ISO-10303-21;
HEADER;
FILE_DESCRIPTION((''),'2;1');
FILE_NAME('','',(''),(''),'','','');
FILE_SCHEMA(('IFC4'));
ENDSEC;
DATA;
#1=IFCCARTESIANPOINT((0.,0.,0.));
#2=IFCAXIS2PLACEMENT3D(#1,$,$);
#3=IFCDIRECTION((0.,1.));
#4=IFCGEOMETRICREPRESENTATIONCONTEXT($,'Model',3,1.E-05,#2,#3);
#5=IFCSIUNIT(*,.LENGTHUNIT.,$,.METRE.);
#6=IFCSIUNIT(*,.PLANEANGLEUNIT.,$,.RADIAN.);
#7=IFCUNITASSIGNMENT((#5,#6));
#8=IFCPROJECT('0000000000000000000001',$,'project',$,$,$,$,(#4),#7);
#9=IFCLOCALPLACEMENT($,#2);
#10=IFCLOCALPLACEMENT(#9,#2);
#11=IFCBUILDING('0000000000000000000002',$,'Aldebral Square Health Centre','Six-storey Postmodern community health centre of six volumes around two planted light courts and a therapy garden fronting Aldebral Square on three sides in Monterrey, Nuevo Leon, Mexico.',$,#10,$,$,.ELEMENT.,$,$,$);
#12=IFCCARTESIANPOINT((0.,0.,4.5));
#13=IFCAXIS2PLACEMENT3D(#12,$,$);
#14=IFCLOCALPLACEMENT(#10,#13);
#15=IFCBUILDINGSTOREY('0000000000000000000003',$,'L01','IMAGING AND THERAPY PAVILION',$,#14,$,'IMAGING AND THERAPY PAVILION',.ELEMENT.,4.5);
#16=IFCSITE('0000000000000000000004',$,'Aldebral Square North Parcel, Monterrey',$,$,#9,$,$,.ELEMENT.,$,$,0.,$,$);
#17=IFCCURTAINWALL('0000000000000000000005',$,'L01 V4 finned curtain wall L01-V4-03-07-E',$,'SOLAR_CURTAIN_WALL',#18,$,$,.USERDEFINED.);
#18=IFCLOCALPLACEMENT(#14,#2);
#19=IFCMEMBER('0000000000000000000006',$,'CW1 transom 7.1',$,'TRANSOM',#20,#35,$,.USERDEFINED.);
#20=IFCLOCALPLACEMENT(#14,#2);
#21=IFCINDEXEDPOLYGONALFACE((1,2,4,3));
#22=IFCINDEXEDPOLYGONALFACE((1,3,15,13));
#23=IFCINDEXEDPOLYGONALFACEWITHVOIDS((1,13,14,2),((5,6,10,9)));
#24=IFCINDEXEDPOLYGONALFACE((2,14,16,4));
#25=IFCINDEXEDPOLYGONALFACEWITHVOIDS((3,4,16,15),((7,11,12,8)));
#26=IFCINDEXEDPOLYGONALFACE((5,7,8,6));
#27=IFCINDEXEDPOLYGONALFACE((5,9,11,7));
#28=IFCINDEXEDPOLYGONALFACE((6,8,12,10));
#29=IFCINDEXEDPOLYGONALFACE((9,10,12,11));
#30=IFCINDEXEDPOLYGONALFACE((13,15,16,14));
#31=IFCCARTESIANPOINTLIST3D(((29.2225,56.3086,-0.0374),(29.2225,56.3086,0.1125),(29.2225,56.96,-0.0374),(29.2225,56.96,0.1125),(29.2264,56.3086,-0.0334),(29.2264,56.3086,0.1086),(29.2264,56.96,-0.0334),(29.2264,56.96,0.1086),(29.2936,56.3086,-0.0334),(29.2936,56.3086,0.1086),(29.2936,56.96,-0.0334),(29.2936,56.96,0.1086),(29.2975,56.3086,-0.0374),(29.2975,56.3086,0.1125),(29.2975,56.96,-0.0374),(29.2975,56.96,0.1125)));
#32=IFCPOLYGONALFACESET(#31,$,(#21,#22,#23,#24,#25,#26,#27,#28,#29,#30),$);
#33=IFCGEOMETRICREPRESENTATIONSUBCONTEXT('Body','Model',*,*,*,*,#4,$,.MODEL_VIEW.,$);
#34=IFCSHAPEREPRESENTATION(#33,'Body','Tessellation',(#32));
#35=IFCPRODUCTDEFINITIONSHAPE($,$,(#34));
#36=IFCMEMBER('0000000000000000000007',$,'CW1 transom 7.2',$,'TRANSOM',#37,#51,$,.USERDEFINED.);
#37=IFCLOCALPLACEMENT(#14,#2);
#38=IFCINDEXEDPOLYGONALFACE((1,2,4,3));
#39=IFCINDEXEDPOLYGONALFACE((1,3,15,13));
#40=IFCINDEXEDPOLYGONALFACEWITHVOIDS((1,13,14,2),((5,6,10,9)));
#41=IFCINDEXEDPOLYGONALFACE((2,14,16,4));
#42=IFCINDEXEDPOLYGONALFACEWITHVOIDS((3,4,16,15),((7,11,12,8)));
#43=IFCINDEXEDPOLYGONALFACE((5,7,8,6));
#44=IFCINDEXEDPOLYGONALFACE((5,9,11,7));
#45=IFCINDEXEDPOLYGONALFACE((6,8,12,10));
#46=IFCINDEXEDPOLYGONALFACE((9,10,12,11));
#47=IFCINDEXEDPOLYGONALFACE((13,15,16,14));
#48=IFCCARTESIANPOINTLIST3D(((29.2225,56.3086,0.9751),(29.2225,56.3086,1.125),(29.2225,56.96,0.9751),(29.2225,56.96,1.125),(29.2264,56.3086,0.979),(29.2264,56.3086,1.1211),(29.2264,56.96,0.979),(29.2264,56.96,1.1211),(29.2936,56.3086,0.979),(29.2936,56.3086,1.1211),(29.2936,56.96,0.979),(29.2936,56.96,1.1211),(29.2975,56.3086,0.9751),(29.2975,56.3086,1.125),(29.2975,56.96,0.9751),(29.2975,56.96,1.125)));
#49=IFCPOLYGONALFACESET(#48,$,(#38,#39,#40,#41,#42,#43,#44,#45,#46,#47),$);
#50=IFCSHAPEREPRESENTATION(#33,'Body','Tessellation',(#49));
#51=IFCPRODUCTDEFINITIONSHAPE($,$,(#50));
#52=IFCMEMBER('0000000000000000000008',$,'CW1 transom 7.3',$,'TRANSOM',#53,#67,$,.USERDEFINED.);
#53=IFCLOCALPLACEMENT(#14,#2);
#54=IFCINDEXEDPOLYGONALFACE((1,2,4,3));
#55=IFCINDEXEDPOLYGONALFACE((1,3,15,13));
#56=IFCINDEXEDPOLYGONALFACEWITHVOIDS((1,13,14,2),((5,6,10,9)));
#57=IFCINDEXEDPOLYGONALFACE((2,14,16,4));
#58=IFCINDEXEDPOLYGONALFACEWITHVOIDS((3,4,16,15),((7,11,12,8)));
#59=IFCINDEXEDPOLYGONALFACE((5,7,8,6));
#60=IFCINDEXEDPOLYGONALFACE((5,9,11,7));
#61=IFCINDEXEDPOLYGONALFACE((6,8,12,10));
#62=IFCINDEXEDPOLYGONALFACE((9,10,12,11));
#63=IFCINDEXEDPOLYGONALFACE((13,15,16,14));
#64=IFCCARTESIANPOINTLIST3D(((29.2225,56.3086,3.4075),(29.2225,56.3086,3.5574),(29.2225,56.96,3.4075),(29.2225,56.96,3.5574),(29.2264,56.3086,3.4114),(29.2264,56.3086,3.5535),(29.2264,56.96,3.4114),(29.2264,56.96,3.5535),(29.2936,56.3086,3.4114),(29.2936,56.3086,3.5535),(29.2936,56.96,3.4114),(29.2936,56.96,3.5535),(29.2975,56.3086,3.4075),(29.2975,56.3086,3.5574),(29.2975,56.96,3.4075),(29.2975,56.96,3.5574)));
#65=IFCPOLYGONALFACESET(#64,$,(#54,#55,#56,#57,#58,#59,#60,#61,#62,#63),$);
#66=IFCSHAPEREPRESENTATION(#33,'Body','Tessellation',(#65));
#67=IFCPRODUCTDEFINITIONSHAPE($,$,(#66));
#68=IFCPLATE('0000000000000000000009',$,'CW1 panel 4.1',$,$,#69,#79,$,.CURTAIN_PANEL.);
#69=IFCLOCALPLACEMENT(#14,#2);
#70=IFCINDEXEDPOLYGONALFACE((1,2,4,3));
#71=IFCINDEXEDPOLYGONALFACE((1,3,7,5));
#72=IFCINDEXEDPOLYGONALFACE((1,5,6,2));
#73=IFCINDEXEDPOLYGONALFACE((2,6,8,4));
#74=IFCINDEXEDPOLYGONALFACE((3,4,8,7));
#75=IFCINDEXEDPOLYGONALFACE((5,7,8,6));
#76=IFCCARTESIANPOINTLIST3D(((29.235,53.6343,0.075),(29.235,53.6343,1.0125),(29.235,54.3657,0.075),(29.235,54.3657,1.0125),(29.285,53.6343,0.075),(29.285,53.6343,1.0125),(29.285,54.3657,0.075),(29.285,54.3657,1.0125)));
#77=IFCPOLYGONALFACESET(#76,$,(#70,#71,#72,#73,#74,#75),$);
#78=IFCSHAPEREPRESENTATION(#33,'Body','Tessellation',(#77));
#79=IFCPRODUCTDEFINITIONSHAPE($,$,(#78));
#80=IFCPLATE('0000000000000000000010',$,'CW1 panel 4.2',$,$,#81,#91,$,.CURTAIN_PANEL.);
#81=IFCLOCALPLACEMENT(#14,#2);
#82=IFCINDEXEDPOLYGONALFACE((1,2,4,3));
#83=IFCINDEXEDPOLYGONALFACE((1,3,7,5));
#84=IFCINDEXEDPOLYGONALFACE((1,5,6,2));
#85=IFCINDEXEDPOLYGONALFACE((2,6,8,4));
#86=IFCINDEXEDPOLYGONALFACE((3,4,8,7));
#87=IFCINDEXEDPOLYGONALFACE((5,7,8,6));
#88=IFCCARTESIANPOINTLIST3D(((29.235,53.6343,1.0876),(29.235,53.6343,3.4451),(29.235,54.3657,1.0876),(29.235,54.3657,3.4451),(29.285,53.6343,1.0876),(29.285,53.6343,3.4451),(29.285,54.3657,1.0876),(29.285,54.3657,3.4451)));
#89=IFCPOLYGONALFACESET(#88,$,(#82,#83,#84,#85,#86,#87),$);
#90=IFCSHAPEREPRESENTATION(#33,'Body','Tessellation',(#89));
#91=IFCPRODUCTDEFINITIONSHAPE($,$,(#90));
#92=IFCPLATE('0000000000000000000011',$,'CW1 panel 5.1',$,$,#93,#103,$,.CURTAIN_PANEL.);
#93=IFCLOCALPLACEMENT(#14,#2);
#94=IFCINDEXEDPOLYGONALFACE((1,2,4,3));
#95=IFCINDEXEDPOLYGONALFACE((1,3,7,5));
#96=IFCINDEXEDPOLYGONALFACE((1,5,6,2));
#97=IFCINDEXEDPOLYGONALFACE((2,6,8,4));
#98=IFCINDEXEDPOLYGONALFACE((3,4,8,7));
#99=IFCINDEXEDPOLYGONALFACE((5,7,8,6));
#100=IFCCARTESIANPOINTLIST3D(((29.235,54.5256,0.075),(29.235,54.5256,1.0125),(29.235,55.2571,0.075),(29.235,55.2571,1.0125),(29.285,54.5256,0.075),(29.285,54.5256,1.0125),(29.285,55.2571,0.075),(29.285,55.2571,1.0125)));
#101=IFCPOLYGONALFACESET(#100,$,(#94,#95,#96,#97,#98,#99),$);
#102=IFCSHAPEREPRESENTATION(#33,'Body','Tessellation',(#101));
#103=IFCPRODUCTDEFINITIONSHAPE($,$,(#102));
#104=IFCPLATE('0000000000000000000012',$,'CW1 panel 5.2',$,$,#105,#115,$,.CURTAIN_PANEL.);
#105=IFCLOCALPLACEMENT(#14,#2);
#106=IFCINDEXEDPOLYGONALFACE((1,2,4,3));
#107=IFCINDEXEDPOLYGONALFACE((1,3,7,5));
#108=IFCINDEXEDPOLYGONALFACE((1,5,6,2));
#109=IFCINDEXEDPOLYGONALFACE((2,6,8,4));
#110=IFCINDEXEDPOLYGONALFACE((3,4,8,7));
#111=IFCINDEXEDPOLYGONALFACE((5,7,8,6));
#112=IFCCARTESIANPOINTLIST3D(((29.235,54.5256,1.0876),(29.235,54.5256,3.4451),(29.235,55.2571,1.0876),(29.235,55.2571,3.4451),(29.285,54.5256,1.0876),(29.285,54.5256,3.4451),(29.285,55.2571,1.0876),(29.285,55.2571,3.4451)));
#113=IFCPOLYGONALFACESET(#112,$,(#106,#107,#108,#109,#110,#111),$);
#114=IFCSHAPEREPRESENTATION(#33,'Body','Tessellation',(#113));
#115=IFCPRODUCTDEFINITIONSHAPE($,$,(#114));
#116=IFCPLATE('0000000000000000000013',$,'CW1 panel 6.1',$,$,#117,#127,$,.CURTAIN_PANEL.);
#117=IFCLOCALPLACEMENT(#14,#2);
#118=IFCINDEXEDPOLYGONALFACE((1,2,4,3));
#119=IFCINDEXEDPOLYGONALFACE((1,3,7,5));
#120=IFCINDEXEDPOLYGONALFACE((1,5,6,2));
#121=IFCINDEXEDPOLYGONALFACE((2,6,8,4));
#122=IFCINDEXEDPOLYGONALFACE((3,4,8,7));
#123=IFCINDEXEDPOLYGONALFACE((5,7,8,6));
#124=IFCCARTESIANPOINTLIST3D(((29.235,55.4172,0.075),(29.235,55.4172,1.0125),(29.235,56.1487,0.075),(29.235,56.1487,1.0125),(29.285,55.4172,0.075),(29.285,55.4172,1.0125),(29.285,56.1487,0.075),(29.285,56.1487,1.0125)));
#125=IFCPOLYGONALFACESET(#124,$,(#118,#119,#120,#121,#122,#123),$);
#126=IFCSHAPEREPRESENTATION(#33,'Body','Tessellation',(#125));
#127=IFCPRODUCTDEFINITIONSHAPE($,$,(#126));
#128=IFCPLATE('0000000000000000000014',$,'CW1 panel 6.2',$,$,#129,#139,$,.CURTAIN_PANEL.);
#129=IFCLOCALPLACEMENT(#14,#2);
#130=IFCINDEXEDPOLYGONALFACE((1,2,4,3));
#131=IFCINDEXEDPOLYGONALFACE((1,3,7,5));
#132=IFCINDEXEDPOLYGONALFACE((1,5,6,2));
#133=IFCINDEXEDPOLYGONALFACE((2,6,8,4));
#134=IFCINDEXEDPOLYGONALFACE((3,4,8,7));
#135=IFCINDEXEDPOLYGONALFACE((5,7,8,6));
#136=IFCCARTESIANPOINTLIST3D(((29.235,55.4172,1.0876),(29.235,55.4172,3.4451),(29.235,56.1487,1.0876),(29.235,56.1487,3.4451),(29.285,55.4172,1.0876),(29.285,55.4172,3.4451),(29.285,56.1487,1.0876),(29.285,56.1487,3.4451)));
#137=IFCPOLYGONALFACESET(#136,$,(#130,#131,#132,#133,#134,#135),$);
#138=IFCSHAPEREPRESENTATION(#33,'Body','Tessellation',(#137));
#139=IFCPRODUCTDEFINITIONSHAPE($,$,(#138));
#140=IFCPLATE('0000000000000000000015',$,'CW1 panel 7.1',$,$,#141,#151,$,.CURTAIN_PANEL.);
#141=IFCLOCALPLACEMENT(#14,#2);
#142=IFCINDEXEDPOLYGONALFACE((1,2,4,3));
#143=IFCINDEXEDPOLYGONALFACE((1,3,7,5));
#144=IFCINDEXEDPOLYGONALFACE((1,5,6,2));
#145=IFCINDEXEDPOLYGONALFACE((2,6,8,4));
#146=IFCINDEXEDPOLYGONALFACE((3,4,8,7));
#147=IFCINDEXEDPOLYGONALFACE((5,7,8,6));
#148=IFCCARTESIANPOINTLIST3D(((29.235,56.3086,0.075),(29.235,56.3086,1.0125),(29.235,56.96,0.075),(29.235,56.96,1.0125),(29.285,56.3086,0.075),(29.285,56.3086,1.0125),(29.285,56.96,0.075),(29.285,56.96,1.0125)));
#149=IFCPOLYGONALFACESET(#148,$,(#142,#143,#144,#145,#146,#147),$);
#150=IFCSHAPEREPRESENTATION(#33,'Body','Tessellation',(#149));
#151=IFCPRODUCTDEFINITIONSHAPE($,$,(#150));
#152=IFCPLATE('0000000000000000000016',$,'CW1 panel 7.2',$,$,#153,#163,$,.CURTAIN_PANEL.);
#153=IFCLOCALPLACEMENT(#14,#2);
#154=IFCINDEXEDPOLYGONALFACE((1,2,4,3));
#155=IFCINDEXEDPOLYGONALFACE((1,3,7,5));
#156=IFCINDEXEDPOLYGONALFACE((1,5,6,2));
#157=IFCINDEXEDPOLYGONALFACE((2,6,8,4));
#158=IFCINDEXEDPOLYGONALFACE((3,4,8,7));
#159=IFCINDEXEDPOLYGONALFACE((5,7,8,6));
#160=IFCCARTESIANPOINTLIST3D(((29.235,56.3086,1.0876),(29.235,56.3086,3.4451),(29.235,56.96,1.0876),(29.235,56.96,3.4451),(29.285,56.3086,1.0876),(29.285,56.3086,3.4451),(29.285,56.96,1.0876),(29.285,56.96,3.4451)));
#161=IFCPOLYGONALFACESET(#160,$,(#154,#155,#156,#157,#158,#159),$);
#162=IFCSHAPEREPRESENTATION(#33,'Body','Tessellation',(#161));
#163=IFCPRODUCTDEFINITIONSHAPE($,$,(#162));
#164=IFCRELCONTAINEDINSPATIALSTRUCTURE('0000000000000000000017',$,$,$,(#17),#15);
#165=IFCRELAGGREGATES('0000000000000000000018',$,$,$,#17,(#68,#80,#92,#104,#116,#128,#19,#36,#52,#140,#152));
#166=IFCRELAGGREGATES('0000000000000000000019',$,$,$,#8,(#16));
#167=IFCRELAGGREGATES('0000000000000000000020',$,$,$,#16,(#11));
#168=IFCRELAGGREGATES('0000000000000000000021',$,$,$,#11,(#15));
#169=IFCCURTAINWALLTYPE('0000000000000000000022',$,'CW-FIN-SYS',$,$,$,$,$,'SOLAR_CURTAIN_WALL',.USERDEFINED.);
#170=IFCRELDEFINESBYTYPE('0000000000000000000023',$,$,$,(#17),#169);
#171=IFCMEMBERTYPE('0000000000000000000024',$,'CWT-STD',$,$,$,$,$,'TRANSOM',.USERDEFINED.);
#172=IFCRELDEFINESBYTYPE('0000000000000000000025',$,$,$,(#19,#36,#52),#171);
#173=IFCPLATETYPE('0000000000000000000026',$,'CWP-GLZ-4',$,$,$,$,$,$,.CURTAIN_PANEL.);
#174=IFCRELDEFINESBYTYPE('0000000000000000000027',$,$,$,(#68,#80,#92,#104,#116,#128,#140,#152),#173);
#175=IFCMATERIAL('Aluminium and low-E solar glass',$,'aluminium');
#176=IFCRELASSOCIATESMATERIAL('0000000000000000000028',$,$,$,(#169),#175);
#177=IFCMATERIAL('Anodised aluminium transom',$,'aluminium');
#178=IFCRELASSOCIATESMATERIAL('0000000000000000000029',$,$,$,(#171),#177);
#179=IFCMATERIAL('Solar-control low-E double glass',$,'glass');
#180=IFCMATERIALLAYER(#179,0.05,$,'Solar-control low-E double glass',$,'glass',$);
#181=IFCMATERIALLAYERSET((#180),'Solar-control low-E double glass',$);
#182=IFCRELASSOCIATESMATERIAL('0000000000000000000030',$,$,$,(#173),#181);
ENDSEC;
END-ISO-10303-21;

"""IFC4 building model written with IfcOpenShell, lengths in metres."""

from ifc_helpers import new_model, si_unit, direction, frame, origin, origin_2d, place, context, subcontext, project, spatial, rectangle, hollow_rectangle, extrude, material, layer, layer_set, material_profile, profile_set, type_object, element, aggregate, save


model = new_model("IFC4")

# Units and contexts
model_context = context("Model", 3, precision=1e-05, world=origin(), true_north=direction((0.0, 1.0)))
body_context = subcontext(model_context, "Body", "Model", "MODEL_VIEW")
ifc_project = project(units=[si_unit("LENGTHUNIT", "METRE"), si_unit("PLANEANGLEUNIT", "RADIAN")], contexts=[model_context])

# Site, building, storey
site_placement = place(None, origin())
site = spatial("IfcSite", under=ifc_project, at=site_placement, Name="Aldebral Square North Parcel, Monterrey", CompositionType="ELEMENT", RefElevation=0.0)
building_placement = place(site_placement, origin())
building = spatial("IfcBuilding", under=site, at=building_placement, Name="Aldebral Square Health Centre", Description="Six-storey Postmodern community health centre of six volumes around two planted light courts and a therapy garden fronting Aldebral Square on three sides in Monterrey, Nuevo Leon, Mexico.", CompositionType="ELEMENT")
storey_placement = place(building_placement, frame((0.0, 0.0, 4.5)))
storey = spatial("IfcBuildingStorey", under=building, at=storey_placement, Name="L01", Description="IMAGING AND THERAPY PAVILION", LongName="IMAGING AND THERAPY PAVILION", CompositionType="ELEMENT", Elevation=4.5)

# Curtain wall, members, plates
ifc_material_1 = material(Name="Aluminium and low-E solar glass", Category="aluminium")
curtain_wall_type = type_object("IfcCurtainWallType", Name="CW-FIN-SYS", ElementType="SOLAR_CURTAIN_WALL", PredefinedType="USERDEFINED", material=ifc_material_1)
curtain_wall_placement = place(storey_placement, origin())
curtain_wall = element("IfcCurtainWall", 1, at=curtain_wall_placement, inside=storey, type_object=curtain_wall_type, Name="L01 V4 finned curtain wall L01-V4-03-07-E", ObjectType="SOLAR_CURTAIN_WALL", PredefinedType="USERDEFINED")
ifc_material_2 = material(Name="Anodised aluminium transom", Category="aluminium")
ifc_material_profile_1 = material_profile(ifc_material_2, hollow_rectangle(XDim=0.075, YDim=0.1499, WallThickness=0.0039, at=origin_2d()), Name="CWT 75x150x4")
ifc_profile_set_1 = profile_set([ifc_material_profile_1], Name="Anodised aluminium transom")
member_type_1 = type_object("IfcMemberType", Name="CWT-STD", ElementType="TRANSOM", PredefinedType="USERDEFINED", material=ifc_profile_set_1)
member_1_placement = place(storey_placement, frame((29.26, 56.3086, 0.0376), z_axis=(0.0, 1.0, 0.0), x_axis=(-1.0, 0.0, 0.0)))
member_1 = element("IfcMember", 2, at=member_1_placement, type_object=member_type_1, Name="CW1 transom 7.1", ObjectType="TRANSOM", PredefinedType="USERDEFINED", context=body_context, shape_type="SweptSolid", body=[
    extrude(hollow_rectangle(XDim=0.075, YDim=0.1499, WallThickness=0.0039, at=origin_2d()), origin(), (0.0, 0.0, 1.0), 0.6514),
])
member_2_placement = place(storey_placement, frame((29.26, 56.3086, 1.05), z_axis=(0.0, 1.0, 0.0), x_axis=(-1.0, 0.0, 0.0)))
member_2 = element("IfcMember", 3, at=member_2_placement, type_object=member_type_1, Name="CW1 transom 7.2", ObjectType="TRANSOM", PredefinedType="USERDEFINED", context=body_context, shape_type="SweptSolid", body=[
    extrude(hollow_rectangle(XDim=0.075, YDim=0.1499, WallThickness=0.0039, at=origin_2d()), origin(), (0.0, 0.0, 1.0), 0.6514),
])
member_3_placement = place(storey_placement, frame((29.26, 56.3086, 3.4824), z_axis=(0.0, 1.0, 0.0), x_axis=(-1.0, 0.0, 0.0)))
member_3 = element("IfcMember", 4, at=member_3_placement, type_object=member_type_1, Name="CW1 transom 7.3", ObjectType="TRANSOM", PredefinedType="USERDEFINED", context=body_context, shape_type="SweptSolid", body=[
    extrude(hollow_rectangle(XDim=0.075, YDim=0.1499, WallThickness=0.0039, at=origin_2d()), origin(), (0.0, 0.0, 1.0), 0.6514),
])
ifc_material_3 = material(Name="Solar-control low-E double glass", Category="glass")
ifc_layer = layer(ifc_material_3, 0.05, Name="Solar-control low-E double glass", Category="glass")
ifc_layer_set = layer_set([ifc_layer], Name="Solar-control low-E double glass")
plate_type = type_object("IfcPlateType", Name="CWP-GLZ-4", PredefinedType="CURTAIN_PANEL", material=ifc_layer_set)
plate_1_placement = place(storey_placement, frame((29.26, 54.0, 0.075), z_axis=(0.0, 0.0, 1.0), x_axis=(0.0, 1.0, 0.0)))
plate_1 = element("IfcPlate", 5, at=plate_1_placement, type_object=plate_type, Name="CW1 panel 4.1", PredefinedType="CURTAIN_PANEL", context=body_context, shape_type="SweptSolid", body=[
    extrude(rectangle(XDim=0.7314, YDim=0.05, at=origin_2d()), origin(), (0.0, 0.0, 1.0), 0.9375),
])
plate_2_placement = place(storey_placement, frame((29.26, 54.0, 1.0876), z_axis=(0.0, 0.0, 1.0), x_axis=(0.0, 1.0, 0.0)))
plate_2 = element("IfcPlate", 6, at=plate_2_placement, type_object=plate_type, Name="CW1 panel 4.2", PredefinedType="CURTAIN_PANEL", context=body_context, shape_type="SweptSolid", body=[
    extrude(rectangle(XDim=0.7314, YDim=0.05, at=origin_2d()), origin(), (0.0, 0.0, 1.0), 2.3574),
])
plate_3_placement = place(storey_placement, frame((29.26, 54.8914, 0.075), z_axis=(0.0, 0.0, 1.0), x_axis=(0.0, 1.0, 0.0)))
plate_3 = element("IfcPlate", 7, at=plate_3_placement, type_object=plate_type, Name="CW1 panel 5.1", PredefinedType="CURTAIN_PANEL", context=body_context, shape_type="SweptSolid", body=[
    extrude(rectangle(XDim=0.7314, YDim=0.05, at=origin_2d()), origin(), (0.0, 0.0, 1.0), 0.9375),
])
plate_4_placement = place(storey_placement, frame((29.26, 54.8914, 1.0876), z_axis=(0.0, 0.0, 1.0), x_axis=(0.0, 1.0, 0.0)))
plate_4 = element("IfcPlate", 8, at=plate_4_placement, type_object=plate_type, Name="CW1 panel 5.2", PredefinedType="CURTAIN_PANEL", context=body_context, shape_type="SweptSolid", body=[
    extrude(rectangle(XDim=0.7314, YDim=0.05, at=origin_2d()), origin(), (0.0, 0.0, 1.0), 2.3574),
])
plate_5_placement = place(storey_placement, frame((29.26, 55.783, 0.075), z_axis=(0.0, 0.0, 1.0), x_axis=(0.0, 1.0, 0.0)))
plate_5 = element("IfcPlate", 9, at=plate_5_placement, type_object=plate_type, Name="CW1 panel 6.1", PredefinedType="CURTAIN_PANEL", context=body_context, shape_type="SweptSolid", body=[
    extrude(rectangle(XDim=0.7314, YDim=0.05, at=origin_2d()), origin(), (0.0, 0.0, 1.0), 0.9375),
])
plate_6_placement = place(storey_placement, frame((29.26, 55.783, 1.0876), z_axis=(0.0, 0.0, 1.0), x_axis=(0.0, 1.0, 0.0)))
plate_6 = element("IfcPlate", 10, at=plate_6_placement, type_object=plate_type, Name="CW1 panel 6.2", PredefinedType="CURTAIN_PANEL", context=body_context, shape_type="SweptSolid", body=[
    extrude(rectangle(XDim=0.7314, YDim=0.05, at=origin_2d()), origin(), (0.0, 0.0, 1.0), 2.3574),
])
plate_7_placement = place(storey_placement, frame((29.26, 56.6343, 0.075), z_axis=(0.0, 0.0, 1.0), x_axis=(0.0, 1.0, 0.0)))
plate_7 = element("IfcPlate", 11, at=plate_7_placement, type_object=plate_type, Name="CW1 panel 7.1", PredefinedType="CURTAIN_PANEL", context=body_context, shape_type="SweptSolid", body=[
    extrude(rectangle(XDim=0.6514, YDim=0.05, at=origin_2d()), origin(), (0.0, 0.0, 1.0), 0.9375),
])
plate_8_placement = place(storey_placement, frame((29.26, 56.6343, 1.0876), z_axis=(0.0, 0.0, 1.0), x_axis=(0.0, 1.0, 0.0)))
plate_8 = element("IfcPlate", 12, at=plate_8_placement, type_object=plate_type, Name="CW1 panel 7.2", PredefinedType="CURTAIN_PANEL", context=body_context, shape_type="SweptSolid", body=[
    extrude(rectangle(XDim=0.6514, YDim=0.05, at=origin_2d()), origin(), (0.0, 0.0, 1.0), 2.3574),
])
aggregate(curtain_wall, [plate_1, plate_2, plate_3, plate_4, plate_5, plate_6, member_1, member_2, member_3, plate_7, plate_8])

save(model, "model.ifc")
